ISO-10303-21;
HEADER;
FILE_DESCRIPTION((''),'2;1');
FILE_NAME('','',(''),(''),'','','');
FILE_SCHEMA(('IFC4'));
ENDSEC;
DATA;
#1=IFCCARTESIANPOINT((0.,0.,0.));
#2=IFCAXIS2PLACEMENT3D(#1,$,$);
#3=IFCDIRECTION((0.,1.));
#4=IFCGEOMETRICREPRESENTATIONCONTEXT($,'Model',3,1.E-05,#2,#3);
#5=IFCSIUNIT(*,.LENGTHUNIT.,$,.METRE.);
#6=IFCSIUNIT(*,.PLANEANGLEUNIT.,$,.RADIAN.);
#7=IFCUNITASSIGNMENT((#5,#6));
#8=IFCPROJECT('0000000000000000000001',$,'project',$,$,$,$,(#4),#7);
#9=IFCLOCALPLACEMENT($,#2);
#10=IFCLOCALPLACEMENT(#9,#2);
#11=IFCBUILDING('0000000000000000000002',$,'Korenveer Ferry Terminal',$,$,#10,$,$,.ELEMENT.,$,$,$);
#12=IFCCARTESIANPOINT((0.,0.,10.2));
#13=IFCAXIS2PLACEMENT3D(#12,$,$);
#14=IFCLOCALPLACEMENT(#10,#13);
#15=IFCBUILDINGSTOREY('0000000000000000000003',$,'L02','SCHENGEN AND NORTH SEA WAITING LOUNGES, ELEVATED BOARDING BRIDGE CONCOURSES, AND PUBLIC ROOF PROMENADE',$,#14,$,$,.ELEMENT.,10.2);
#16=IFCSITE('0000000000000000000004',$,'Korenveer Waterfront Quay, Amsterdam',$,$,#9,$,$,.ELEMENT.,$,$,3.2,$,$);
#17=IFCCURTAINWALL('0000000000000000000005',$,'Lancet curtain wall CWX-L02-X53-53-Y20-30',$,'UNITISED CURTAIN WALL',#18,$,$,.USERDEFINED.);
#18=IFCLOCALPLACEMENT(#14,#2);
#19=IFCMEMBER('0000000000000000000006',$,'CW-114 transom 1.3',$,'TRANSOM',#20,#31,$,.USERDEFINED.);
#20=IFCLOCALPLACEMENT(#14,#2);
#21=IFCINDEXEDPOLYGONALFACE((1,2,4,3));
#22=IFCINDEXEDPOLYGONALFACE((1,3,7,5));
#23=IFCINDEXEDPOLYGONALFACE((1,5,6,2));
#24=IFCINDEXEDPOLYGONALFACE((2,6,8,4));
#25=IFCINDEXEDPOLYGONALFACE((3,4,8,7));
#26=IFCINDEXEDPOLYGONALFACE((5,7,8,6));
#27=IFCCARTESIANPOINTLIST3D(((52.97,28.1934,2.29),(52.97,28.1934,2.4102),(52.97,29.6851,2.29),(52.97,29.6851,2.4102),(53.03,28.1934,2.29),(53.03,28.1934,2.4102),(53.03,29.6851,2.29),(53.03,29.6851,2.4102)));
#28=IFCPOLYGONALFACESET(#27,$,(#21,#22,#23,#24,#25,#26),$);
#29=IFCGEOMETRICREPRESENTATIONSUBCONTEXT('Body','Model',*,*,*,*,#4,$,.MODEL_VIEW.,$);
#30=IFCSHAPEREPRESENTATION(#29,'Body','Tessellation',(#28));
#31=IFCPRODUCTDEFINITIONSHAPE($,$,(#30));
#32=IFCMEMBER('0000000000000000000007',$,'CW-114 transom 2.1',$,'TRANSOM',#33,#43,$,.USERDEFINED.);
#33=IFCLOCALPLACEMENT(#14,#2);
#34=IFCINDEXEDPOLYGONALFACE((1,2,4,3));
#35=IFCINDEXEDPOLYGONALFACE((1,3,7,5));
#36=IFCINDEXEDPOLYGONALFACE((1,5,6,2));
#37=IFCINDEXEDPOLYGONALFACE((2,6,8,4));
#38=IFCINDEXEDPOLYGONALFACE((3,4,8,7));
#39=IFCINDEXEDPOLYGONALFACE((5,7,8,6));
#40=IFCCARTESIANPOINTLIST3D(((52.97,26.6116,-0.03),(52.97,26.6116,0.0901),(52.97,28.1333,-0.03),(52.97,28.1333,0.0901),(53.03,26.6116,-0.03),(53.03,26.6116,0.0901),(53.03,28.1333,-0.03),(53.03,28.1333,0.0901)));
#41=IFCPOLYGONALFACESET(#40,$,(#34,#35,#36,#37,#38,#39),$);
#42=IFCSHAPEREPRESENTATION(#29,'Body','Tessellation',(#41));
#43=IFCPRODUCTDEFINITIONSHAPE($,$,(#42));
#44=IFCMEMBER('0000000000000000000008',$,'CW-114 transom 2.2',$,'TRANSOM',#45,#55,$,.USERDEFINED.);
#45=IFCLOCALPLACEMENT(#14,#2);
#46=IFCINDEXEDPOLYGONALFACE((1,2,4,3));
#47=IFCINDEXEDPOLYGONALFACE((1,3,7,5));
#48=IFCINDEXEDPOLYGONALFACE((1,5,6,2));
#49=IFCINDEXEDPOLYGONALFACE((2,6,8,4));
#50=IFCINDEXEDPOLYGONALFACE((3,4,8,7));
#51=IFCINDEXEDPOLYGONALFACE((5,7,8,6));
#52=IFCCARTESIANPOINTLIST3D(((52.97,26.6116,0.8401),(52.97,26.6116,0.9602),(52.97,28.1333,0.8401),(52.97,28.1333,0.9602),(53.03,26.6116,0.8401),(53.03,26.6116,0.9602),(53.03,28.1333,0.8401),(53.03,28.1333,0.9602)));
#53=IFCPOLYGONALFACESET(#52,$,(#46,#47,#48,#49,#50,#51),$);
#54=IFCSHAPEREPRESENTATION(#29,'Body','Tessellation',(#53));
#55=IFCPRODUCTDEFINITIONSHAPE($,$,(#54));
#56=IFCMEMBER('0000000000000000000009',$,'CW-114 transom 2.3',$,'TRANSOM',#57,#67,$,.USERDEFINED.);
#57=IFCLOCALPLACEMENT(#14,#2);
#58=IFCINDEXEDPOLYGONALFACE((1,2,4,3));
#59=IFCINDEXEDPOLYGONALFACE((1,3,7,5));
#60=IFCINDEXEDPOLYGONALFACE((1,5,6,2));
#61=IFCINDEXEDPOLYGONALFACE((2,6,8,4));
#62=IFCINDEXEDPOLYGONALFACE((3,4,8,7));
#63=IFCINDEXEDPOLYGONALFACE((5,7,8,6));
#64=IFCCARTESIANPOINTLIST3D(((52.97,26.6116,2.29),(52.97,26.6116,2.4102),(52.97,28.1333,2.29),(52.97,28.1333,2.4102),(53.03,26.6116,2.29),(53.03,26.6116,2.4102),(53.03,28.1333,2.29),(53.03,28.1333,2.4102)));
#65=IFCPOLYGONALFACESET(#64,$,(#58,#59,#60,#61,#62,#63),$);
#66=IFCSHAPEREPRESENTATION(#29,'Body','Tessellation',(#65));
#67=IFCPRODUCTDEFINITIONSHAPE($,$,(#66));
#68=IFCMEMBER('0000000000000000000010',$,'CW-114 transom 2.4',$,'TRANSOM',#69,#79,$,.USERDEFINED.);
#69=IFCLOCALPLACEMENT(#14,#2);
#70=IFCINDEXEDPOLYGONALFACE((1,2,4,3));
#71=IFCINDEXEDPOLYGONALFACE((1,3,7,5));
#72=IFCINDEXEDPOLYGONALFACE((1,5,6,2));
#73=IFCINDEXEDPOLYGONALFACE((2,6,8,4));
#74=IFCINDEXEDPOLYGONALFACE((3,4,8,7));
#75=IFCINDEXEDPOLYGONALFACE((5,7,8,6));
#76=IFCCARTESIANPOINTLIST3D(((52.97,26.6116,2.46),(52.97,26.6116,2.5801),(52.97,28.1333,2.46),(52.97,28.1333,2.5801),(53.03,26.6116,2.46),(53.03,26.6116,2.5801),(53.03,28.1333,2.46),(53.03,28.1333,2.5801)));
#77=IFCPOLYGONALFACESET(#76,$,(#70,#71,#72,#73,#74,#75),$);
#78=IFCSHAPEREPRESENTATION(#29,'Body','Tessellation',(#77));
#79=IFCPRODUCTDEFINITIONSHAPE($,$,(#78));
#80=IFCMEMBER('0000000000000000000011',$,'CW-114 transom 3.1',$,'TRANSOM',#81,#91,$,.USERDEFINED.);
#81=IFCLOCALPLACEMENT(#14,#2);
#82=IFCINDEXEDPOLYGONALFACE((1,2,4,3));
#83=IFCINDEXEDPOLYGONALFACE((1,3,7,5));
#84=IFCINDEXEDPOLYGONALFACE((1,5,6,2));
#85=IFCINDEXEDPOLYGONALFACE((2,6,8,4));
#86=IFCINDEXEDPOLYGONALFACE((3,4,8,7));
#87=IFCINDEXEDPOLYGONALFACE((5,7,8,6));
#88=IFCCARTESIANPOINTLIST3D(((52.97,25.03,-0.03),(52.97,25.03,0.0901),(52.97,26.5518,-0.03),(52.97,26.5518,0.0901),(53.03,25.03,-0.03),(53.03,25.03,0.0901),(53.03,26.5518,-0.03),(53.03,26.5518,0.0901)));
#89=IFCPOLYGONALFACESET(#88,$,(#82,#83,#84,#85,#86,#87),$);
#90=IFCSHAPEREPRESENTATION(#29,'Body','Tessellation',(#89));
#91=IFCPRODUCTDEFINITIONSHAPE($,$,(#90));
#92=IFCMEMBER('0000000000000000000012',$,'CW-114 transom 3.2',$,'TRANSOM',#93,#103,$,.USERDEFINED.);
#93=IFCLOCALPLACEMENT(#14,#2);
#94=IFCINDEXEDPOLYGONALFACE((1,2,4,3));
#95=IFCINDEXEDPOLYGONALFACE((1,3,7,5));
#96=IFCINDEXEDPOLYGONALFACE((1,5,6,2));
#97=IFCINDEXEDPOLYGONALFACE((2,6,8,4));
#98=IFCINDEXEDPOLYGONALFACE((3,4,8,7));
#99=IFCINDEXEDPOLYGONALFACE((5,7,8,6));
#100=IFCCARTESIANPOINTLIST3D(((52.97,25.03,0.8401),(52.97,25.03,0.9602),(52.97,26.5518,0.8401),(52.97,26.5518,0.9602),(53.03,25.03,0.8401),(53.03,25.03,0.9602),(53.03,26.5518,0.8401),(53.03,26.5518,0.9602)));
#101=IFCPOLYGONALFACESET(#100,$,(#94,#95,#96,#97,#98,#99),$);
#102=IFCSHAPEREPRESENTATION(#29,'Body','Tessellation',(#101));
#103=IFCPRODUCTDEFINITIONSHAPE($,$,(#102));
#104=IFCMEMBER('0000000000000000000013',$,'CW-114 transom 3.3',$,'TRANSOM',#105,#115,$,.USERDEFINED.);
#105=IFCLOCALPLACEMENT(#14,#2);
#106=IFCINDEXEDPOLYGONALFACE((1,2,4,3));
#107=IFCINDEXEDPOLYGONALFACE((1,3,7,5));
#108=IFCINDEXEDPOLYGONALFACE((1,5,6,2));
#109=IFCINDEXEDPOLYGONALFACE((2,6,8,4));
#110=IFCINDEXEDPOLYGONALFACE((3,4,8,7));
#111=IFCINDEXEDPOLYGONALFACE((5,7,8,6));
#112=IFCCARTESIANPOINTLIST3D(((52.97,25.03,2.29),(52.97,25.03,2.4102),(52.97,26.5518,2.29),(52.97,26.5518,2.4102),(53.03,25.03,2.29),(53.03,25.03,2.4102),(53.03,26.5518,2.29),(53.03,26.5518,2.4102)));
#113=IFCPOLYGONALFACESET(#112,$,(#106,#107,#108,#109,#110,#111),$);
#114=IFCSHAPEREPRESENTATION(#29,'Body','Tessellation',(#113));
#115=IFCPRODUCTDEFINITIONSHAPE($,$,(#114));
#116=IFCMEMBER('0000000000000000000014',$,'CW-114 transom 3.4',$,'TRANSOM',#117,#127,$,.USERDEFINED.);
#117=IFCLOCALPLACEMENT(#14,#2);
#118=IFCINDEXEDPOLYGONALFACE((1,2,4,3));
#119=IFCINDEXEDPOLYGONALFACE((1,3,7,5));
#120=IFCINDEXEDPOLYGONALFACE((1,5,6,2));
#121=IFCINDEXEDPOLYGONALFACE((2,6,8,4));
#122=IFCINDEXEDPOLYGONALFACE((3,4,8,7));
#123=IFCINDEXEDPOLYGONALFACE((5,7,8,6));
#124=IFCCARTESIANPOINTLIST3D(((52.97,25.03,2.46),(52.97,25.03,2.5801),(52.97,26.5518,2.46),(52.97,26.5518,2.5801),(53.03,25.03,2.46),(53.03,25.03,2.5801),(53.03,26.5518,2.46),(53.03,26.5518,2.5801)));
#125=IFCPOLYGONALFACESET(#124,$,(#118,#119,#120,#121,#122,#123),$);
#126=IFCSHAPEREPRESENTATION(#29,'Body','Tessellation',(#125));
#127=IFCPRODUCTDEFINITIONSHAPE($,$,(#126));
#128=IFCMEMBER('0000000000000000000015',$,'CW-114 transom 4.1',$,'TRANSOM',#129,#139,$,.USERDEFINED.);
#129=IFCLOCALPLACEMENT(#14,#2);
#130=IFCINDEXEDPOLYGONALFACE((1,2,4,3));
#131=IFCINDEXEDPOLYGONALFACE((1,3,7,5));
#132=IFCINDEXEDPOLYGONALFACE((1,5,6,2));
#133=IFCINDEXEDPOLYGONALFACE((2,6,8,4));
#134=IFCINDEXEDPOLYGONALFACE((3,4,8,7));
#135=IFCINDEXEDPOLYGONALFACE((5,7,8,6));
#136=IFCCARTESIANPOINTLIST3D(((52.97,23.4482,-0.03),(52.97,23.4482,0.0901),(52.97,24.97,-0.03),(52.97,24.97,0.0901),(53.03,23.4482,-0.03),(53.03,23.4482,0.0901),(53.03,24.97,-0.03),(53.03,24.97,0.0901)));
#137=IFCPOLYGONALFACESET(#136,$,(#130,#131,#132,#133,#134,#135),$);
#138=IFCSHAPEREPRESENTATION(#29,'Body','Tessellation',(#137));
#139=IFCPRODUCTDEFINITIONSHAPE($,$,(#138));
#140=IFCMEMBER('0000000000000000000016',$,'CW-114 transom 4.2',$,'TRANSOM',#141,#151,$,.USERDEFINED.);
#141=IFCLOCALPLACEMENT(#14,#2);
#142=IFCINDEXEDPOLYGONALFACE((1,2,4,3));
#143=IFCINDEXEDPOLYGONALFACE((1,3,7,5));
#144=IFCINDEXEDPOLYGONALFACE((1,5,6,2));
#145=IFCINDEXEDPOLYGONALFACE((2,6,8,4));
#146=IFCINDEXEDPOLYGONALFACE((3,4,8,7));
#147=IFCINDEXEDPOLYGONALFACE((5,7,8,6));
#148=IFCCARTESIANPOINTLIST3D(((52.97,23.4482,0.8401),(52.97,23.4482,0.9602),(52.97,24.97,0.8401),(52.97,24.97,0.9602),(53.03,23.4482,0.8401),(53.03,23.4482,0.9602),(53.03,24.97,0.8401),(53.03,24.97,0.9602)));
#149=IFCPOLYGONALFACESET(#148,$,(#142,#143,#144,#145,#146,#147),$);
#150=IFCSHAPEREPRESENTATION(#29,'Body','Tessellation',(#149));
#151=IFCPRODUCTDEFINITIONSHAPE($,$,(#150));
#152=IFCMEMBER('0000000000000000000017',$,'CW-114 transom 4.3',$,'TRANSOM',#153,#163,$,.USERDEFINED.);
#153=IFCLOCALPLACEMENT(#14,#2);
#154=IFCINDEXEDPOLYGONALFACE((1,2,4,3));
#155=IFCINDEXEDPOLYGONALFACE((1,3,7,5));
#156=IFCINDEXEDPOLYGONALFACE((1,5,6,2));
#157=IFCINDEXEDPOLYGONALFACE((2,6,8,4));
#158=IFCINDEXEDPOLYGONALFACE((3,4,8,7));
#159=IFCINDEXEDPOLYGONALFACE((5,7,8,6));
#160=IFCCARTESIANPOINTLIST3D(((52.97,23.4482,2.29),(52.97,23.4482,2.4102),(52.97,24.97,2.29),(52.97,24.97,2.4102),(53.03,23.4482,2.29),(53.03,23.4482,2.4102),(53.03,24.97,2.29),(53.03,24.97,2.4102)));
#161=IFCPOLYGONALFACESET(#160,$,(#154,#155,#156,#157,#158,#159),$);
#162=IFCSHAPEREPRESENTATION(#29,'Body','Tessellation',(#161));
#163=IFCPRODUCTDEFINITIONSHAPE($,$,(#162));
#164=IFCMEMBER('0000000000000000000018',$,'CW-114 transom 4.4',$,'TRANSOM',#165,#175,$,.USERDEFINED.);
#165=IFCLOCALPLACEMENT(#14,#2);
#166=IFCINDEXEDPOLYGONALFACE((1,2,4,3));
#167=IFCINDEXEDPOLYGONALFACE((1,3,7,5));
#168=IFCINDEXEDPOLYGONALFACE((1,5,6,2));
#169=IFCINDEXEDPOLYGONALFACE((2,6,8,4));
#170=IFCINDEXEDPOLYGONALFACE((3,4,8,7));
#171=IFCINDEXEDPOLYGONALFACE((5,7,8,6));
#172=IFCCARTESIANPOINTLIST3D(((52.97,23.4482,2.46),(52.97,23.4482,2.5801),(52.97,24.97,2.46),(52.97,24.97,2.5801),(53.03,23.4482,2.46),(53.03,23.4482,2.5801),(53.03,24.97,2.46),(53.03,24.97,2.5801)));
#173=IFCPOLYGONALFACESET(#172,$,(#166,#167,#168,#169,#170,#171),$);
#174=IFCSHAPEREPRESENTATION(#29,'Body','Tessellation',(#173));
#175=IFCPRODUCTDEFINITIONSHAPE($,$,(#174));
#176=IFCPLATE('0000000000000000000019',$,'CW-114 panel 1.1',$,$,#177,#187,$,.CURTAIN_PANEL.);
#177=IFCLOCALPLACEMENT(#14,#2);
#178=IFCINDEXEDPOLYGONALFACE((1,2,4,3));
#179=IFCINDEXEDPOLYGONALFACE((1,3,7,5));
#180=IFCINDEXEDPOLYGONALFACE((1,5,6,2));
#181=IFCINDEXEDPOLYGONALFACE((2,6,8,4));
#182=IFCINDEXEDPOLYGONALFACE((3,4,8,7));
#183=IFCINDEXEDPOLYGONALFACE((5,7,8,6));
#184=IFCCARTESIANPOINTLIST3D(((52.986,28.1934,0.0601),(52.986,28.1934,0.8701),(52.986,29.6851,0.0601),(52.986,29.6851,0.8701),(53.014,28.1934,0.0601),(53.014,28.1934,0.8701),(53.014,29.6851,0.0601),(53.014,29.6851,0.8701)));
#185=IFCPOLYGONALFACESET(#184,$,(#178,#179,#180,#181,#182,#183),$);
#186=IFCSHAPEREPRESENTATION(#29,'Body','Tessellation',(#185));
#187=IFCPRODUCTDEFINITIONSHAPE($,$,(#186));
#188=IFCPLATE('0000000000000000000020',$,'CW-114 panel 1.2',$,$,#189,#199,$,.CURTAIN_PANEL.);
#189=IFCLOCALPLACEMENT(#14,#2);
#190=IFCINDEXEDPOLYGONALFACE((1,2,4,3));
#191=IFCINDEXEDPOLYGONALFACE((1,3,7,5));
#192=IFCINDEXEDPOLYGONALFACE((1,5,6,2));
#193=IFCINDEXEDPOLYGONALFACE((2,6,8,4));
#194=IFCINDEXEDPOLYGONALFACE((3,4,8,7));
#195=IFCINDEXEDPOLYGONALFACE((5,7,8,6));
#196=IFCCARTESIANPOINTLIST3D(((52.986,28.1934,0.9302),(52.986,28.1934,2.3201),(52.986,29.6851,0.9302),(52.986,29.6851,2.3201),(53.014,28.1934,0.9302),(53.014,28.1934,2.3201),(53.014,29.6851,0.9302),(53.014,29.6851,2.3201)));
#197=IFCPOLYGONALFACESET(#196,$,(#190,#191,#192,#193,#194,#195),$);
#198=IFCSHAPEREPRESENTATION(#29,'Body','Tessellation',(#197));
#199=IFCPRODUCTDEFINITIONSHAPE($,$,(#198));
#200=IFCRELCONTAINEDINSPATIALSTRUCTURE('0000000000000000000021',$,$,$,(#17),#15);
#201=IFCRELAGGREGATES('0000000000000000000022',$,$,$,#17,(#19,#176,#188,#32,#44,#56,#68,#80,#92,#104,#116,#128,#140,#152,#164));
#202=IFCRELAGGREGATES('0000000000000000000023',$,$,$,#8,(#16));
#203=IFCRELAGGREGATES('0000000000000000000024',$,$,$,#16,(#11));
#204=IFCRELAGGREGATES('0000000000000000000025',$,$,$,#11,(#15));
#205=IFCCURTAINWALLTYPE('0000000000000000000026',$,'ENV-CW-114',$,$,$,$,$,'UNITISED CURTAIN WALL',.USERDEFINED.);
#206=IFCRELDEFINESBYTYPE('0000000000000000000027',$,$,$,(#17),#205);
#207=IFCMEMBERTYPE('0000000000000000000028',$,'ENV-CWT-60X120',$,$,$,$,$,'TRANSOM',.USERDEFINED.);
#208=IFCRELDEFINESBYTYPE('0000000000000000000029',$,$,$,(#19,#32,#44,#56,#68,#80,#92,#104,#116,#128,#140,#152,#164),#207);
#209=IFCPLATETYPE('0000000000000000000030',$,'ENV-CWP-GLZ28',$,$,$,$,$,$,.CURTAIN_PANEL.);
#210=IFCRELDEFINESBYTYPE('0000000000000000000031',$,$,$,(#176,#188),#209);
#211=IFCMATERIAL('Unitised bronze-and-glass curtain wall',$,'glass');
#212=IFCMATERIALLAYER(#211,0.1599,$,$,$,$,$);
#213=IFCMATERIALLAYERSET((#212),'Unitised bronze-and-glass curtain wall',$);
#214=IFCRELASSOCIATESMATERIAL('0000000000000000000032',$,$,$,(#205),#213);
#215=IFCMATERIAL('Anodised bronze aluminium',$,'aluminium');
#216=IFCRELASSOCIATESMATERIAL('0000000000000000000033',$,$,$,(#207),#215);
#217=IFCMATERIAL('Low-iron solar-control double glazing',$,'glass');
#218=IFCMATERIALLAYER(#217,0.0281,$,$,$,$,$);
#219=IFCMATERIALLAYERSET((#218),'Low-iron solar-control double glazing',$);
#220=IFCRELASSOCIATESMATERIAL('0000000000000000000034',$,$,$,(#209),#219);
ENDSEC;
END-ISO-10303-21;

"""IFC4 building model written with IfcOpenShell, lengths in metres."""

from ifc_helpers import new_model, si_unit, direction, frame, origin, origin_2d, place, context, subcontext, project, spatial, rectangle, extrude, material, layer, layer_set, material_profile, profile_set, type_object, element, aggregate, save


model = new_model("IFC4")

# Units and contexts
model_context = context("Model", 3, precision=1e-05, world=origin(), true_north=direction((0.0, 1.0)))
body_context = subcontext(model_context, "Body", "Model", "MODEL_VIEW")
ifc_project = project(units=[si_unit("LENGTHUNIT", "METRE"), si_unit("PLANEANGLEUNIT", "RADIAN")], contexts=[model_context])

# Site, building, storey
site_placement = place(None, origin())
site = spatial("IfcSite", under=ifc_project, at=site_placement, Name="Korenveer Waterfront Quay, Amsterdam", CompositionType="ELEMENT", RefElevation=3.2)
building_placement = place(site_placement, origin())
building = spatial("IfcBuilding", under=site, at=building_placement, Name="Korenveer Ferry Terminal", CompositionType="ELEMENT")
storey_placement = place(building_placement, frame((0.0, 0.0, 10.2)))
storey = spatial("IfcBuildingStorey", under=building, at=storey_placement, Name="L02", Description="SCHENGEN AND NORTH SEA WAITING LOUNGES, ELEVATED BOARDING BRIDGE CONCOURSES, AND PUBLIC ROOF PROMENADE", CompositionType="ELEMENT", Elevation=10.2)

# Curtain wall, members, plates
ifc_material_1 = material(Name="Unitised bronze-and-glass curtain wall", Category="glass")
ifc_layer_1 = layer(ifc_material_1, 0.1599)
ifc_layer_set_1 = layer_set([ifc_layer_1], Name="Unitised bronze-and-glass curtain wall")
curtain_wall_type = type_object("IfcCurtainWallType", Name="ENV-CW-114", ElementType="UNITISED CURTAIN WALL", PredefinedType="USERDEFINED", material=ifc_layer_set_1)
curtain_wall_placement = place(storey_placement, frame((53.0, 29.7451, 0.0)))
curtain_wall = element("IfcCurtainWall", 1, at=curtain_wall_placement, inside=storey, type_object=curtain_wall_type, Name="Lancet curtain wall CWX-L02-X53-53-Y20-30", ObjectType="UNITISED CURTAIN WALL", PredefinedType="USERDEFINED")
ifc_material_2 = material(Name="Anodised bronze aluminium", Category="aluminium")
ifc_material_profile_1 = material_profile(ifc_material_2, rectangle(XDim=0.0601, YDim=0.1201, at=origin_2d()), Name="ALU 60x120")
ifc_profile_set_1 = profile_set([ifc_material_profile_1], Name="Anodised bronze aluminium")
member_type_1 = type_object("IfcMemberType", Name="ENV-CWT-60X120", ElementType="TRANSOM", PredefinedType="USERDEFINED", material=ifc_profile_set_1)
member_1_placement = place(storey_placement, frame((53.0, 29.6851, 2.3501), z_axis=(0.0, -1.0, 0.0), x_axis=(1.0, 0.0, 0.0)))
member_1 = element("IfcMember", 2, at=member_1_placement, type_object=member_type_1, Name="CW-114 transom 1.3", ObjectType="TRANSOM", PredefinedType="USERDEFINED", context=body_context, shape_type="SweptSolid", body=[
    extrude(rectangle(XDim=0.0601, YDim=0.1201, at=origin_2d()), origin(), (0.0, 0.0, 1.0), 1.4917),
])
member_2_placement = place(storey_placement, frame((53.0, 28.1333, 0.03), z_axis=(0.0, -1.0, 0.0), x_axis=(1.0, 0.0, 0.0)))
member_2 = element("IfcMember", 3, at=member_2_placement, type_object=member_type_1, Name="CW-114 transom 2.1", ObjectType="TRANSOM", PredefinedType="USERDEFINED", context=body_context, shape_type="SweptSolid", body=[
    extrude(rectangle(XDim=0.0601, YDim=0.1201, at=origin_2d()), origin(), (0.0, 0.0, 1.0), 1.5217),
])
member_3_placement = place(storey_placement, frame((53.0, 28.1333, 0.9001), z_axis=(0.0, -1.0, 0.0), x_axis=(1.0, 0.0, 0.0)))
member_3 = element("IfcMember", 4, at=member_3_placement, type_object=member_type_1, Name="CW-114 transom 2.2", ObjectType="TRANSOM", PredefinedType="USERDEFINED", context=body_context, shape_type="SweptSolid", body=[
    extrude(rectangle(XDim=0.0601, YDim=0.1201, at=origin_2d()), origin(), (0.0, 0.0, 1.0), 1.5217),
])
member_4_placement = place(storey_placement, frame((53.0, 28.1333, 2.3501), z_axis=(0.0, -1.0, 0.0), x_axis=(1.0, 0.0, 0.0)))
member_4 = element("IfcMember", 5, at=member_4_placement, type_object=member_type_1, Name="CW-114 transom 2.3", ObjectType="TRANSOM", PredefinedType="USERDEFINED", context=body_context, shape_type="SweptSolid", body=[
    extrude(rectangle(XDim=0.0601, YDim=0.1201, at=origin_2d()), origin(), (0.0, 0.0, 1.0), 1.5217),
])
member_5_placement = place(storey_placement, frame((53.0, 28.1333, 2.52), z_axis=(0.0, -1.0, 0.0), x_axis=(1.0, 0.0, 0.0)))
member_5 = element("IfcMember", 6, at=member_5_placement, type_object=member_type_1, Name="CW-114 transom 2.4", ObjectType="TRANSOM", PredefinedType="USERDEFINED", context=body_context, shape_type="SweptSolid", body=[
    extrude(rectangle(XDim=0.0601, YDim=0.1201, at=origin_2d()), origin(), (0.0, 0.0, 1.0), 1.5217),
])
member_6_placement = place(storey_placement, frame((53.0, 26.5518, 0.03), z_axis=(0.0, -1.0, 0.0), x_axis=(1.0, 0.0, 0.0)))
member_6 = element("IfcMember", 7, at=member_6_placement, type_object=member_type_1, Name="CW-114 transom 3.1", ObjectType="TRANSOM", PredefinedType="USERDEFINED", context=body_context, shape_type="SweptSolid", body=[
    extrude(rectangle(XDim=0.0601, YDim=0.1201, at=origin_2d()), origin(), (0.0, 0.0, 1.0), 1.5217),
])
member_7_placement = place(storey_placement, frame((53.0, 26.5518, 0.9001), z_axis=(0.0, -1.0, 0.0), x_axis=(1.0, 0.0, 0.0)))
member_7 = element("IfcMember", 8, at=member_7_placement, type_object=member_type_1, Name="CW-114 transom 3.2", ObjectType="TRANSOM", PredefinedType="USERDEFINED", context=body_context, shape_type="SweptSolid", body=[
    extrude(rectangle(XDim=0.0601, YDim=0.1201, at=origin_2d()), origin(), (0.0, 0.0, 1.0), 1.5217),
])
member_8_placement = place(storey_placement, frame((53.0, 26.5518, 2.3501), z_axis=(0.0, -1.0, 0.0), x_axis=(1.0, 0.0, 0.0)))
member_8 = element("IfcMember", 9, at=member_8_placement, type_object=member_type_1, Name="CW-114 transom 3.3", ObjectType="TRANSOM", PredefinedType="USERDEFINED", context=body_context, shape_type="SweptSolid", body=[
    extrude(rectangle(XDim=0.0601, YDim=0.1201, at=origin_2d()), origin(), (0.0, 0.0, 1.0), 1.5217),
])
member_9_placement = place(storey_placement, frame((53.0, 26.5518, 2.52), z_axis=(0.0, -1.0, 0.0), x_axis=(1.0, 0.0, 0.0)))
member_9 = element("IfcMember", 10, at=member_9_placement, type_object=member_type_1, Name="CW-114 transom 3.4", ObjectType="TRANSOM", PredefinedType="USERDEFINED", context=body_context, shape_type="SweptSolid", body=[
    extrude(rectangle(XDim=0.0601, YDim=0.1201, at=origin_2d()), origin(), (0.0, 0.0, 1.0), 1.5217),
])
member_10_placement = place(storey_placement, frame((53.0, 24.97, 0.03), z_axis=(0.0, -1.0, 0.0), x_axis=(1.0, 0.0, 0.0)))
member_10 = element("IfcMember", 11, at=member_10_placement, type_object=member_type_1, Name="CW-114 transom 4.1", ObjectType="TRANSOM", PredefinedType="USERDEFINED", context=body_context, shape_type="SweptSolid", body=[
    extrude(rectangle(XDim=0.0601, YDim=0.1201, at=origin_2d()), origin(), (0.0, 0.0, 1.0), 1.5217),
])
member_11_placement = place(storey_placement, frame((53.0, 24.97, 0.9001), z_axis=(0.0, -1.0, 0.0), x_axis=(1.0, 0.0, 0.0)))
member_11 = element("IfcMember", 12, at=member_11_placement, type_object=member_type_1, Name="CW-114 transom 4.2", ObjectType="TRANSOM", PredefinedType="USERDEFINED", context=body_context, shape_type="SweptSolid", body=[
    extrude(rectangle(XDim=0.0601, YDim=0.1201, at=origin_2d()), origin(), (0.0, 0.0, 1.0), 1.5217),
])
member_12_placement = place(storey_placement, frame((53.0, 24.97, 2.3501), z_axis=(0.0, -1.0, 0.0), x_axis=(1.0, 0.0, 0.0)))
member_12 = element("IfcMember", 13, at=member_12_placement, type_object=member_type_1, Name="CW-114 transom 4.3", ObjectType="TRANSOM", PredefinedType="USERDEFINED", context=body_context, shape_type="SweptSolid", body=[
    extrude(rectangle(XDim=0.0601, YDim=0.1201, at=origin_2d()), origin(), (0.0, 0.0, 1.0), 1.5217),
])
member_13_placement = place(storey_placement, frame((53.0, 24.97, 2.52), z_axis=(0.0, -1.0, 0.0), x_axis=(1.0, 0.0, 0.0)))
member_13 = element("IfcMember", 14, at=member_13_placement, type_object=member_type_1, Name="CW-114 transom 4.4", ObjectType="TRANSOM", PredefinedType="USERDEFINED", context=body_context, shape_type="SweptSolid", body=[
    extrude(rectangle(XDim=0.0601, YDim=0.1201, at=origin_2d()), origin(), (0.0, 0.0, 1.0), 1.5217),
])
ifc_material_3 = material(Name="Low-iron solar-control double glazing", Category="glass")
ifc_layer_2 = layer(ifc_material_3, 0.0281)
ifc_layer_set_2 = layer_set([ifc_layer_2], Name="Low-iron solar-control double glazing")
plate_type_1 = type_object("IfcPlateType", Name="ENV-CWP-GLZ28", PredefinedType="CURTAIN_PANEL", material=ifc_layer_set_2)
plate_1_placement = place(storey_placement, frame((53.0, 28.9392, 0.0601), z_axis=(0.0, 0.0, 1.0), x_axis=(0.0, -1.0, 0.0)))
plate_1 = element("IfcPlate", 15, at=plate_1_placement, type_object=plate_type_1, Name="CW-114 panel 1.1", PredefinedType="CURTAIN_PANEL", context=body_context, shape_type="SweptSolid", body=[
    extrude(rectangle(XDim=1.4917, YDim=0.0281, at=origin_2d()), origin(), (0.0, 0.0, 1.0), 0.8101),
])
plate_2_placement = place(storey_placement, frame((53.0, 28.9392, 0.9302), z_axis=(0.0, 0.0, 1.0), x_axis=(0.0, -1.0, 0.0)))
plate_2 = element("IfcPlate", 16, at=plate_2_placement, type_object=plate_type_1, Name="CW-114 panel 1.2", PredefinedType="CURTAIN_PANEL", context=body_context, shape_type="SweptSolid", body=[
    extrude(rectangle(XDim=1.4917, YDim=0.0281, at=origin_2d()), origin(), (0.0, 0.0, 1.0), 1.3899),
])
aggregate(curtain_wall, [member_1, plate_1, plate_2, member_2, member_3, member_4, member_5, member_6, member_7, member_8, member_9, member_10, member_11, member_12, member_13])

save(model, "model.ifc")
